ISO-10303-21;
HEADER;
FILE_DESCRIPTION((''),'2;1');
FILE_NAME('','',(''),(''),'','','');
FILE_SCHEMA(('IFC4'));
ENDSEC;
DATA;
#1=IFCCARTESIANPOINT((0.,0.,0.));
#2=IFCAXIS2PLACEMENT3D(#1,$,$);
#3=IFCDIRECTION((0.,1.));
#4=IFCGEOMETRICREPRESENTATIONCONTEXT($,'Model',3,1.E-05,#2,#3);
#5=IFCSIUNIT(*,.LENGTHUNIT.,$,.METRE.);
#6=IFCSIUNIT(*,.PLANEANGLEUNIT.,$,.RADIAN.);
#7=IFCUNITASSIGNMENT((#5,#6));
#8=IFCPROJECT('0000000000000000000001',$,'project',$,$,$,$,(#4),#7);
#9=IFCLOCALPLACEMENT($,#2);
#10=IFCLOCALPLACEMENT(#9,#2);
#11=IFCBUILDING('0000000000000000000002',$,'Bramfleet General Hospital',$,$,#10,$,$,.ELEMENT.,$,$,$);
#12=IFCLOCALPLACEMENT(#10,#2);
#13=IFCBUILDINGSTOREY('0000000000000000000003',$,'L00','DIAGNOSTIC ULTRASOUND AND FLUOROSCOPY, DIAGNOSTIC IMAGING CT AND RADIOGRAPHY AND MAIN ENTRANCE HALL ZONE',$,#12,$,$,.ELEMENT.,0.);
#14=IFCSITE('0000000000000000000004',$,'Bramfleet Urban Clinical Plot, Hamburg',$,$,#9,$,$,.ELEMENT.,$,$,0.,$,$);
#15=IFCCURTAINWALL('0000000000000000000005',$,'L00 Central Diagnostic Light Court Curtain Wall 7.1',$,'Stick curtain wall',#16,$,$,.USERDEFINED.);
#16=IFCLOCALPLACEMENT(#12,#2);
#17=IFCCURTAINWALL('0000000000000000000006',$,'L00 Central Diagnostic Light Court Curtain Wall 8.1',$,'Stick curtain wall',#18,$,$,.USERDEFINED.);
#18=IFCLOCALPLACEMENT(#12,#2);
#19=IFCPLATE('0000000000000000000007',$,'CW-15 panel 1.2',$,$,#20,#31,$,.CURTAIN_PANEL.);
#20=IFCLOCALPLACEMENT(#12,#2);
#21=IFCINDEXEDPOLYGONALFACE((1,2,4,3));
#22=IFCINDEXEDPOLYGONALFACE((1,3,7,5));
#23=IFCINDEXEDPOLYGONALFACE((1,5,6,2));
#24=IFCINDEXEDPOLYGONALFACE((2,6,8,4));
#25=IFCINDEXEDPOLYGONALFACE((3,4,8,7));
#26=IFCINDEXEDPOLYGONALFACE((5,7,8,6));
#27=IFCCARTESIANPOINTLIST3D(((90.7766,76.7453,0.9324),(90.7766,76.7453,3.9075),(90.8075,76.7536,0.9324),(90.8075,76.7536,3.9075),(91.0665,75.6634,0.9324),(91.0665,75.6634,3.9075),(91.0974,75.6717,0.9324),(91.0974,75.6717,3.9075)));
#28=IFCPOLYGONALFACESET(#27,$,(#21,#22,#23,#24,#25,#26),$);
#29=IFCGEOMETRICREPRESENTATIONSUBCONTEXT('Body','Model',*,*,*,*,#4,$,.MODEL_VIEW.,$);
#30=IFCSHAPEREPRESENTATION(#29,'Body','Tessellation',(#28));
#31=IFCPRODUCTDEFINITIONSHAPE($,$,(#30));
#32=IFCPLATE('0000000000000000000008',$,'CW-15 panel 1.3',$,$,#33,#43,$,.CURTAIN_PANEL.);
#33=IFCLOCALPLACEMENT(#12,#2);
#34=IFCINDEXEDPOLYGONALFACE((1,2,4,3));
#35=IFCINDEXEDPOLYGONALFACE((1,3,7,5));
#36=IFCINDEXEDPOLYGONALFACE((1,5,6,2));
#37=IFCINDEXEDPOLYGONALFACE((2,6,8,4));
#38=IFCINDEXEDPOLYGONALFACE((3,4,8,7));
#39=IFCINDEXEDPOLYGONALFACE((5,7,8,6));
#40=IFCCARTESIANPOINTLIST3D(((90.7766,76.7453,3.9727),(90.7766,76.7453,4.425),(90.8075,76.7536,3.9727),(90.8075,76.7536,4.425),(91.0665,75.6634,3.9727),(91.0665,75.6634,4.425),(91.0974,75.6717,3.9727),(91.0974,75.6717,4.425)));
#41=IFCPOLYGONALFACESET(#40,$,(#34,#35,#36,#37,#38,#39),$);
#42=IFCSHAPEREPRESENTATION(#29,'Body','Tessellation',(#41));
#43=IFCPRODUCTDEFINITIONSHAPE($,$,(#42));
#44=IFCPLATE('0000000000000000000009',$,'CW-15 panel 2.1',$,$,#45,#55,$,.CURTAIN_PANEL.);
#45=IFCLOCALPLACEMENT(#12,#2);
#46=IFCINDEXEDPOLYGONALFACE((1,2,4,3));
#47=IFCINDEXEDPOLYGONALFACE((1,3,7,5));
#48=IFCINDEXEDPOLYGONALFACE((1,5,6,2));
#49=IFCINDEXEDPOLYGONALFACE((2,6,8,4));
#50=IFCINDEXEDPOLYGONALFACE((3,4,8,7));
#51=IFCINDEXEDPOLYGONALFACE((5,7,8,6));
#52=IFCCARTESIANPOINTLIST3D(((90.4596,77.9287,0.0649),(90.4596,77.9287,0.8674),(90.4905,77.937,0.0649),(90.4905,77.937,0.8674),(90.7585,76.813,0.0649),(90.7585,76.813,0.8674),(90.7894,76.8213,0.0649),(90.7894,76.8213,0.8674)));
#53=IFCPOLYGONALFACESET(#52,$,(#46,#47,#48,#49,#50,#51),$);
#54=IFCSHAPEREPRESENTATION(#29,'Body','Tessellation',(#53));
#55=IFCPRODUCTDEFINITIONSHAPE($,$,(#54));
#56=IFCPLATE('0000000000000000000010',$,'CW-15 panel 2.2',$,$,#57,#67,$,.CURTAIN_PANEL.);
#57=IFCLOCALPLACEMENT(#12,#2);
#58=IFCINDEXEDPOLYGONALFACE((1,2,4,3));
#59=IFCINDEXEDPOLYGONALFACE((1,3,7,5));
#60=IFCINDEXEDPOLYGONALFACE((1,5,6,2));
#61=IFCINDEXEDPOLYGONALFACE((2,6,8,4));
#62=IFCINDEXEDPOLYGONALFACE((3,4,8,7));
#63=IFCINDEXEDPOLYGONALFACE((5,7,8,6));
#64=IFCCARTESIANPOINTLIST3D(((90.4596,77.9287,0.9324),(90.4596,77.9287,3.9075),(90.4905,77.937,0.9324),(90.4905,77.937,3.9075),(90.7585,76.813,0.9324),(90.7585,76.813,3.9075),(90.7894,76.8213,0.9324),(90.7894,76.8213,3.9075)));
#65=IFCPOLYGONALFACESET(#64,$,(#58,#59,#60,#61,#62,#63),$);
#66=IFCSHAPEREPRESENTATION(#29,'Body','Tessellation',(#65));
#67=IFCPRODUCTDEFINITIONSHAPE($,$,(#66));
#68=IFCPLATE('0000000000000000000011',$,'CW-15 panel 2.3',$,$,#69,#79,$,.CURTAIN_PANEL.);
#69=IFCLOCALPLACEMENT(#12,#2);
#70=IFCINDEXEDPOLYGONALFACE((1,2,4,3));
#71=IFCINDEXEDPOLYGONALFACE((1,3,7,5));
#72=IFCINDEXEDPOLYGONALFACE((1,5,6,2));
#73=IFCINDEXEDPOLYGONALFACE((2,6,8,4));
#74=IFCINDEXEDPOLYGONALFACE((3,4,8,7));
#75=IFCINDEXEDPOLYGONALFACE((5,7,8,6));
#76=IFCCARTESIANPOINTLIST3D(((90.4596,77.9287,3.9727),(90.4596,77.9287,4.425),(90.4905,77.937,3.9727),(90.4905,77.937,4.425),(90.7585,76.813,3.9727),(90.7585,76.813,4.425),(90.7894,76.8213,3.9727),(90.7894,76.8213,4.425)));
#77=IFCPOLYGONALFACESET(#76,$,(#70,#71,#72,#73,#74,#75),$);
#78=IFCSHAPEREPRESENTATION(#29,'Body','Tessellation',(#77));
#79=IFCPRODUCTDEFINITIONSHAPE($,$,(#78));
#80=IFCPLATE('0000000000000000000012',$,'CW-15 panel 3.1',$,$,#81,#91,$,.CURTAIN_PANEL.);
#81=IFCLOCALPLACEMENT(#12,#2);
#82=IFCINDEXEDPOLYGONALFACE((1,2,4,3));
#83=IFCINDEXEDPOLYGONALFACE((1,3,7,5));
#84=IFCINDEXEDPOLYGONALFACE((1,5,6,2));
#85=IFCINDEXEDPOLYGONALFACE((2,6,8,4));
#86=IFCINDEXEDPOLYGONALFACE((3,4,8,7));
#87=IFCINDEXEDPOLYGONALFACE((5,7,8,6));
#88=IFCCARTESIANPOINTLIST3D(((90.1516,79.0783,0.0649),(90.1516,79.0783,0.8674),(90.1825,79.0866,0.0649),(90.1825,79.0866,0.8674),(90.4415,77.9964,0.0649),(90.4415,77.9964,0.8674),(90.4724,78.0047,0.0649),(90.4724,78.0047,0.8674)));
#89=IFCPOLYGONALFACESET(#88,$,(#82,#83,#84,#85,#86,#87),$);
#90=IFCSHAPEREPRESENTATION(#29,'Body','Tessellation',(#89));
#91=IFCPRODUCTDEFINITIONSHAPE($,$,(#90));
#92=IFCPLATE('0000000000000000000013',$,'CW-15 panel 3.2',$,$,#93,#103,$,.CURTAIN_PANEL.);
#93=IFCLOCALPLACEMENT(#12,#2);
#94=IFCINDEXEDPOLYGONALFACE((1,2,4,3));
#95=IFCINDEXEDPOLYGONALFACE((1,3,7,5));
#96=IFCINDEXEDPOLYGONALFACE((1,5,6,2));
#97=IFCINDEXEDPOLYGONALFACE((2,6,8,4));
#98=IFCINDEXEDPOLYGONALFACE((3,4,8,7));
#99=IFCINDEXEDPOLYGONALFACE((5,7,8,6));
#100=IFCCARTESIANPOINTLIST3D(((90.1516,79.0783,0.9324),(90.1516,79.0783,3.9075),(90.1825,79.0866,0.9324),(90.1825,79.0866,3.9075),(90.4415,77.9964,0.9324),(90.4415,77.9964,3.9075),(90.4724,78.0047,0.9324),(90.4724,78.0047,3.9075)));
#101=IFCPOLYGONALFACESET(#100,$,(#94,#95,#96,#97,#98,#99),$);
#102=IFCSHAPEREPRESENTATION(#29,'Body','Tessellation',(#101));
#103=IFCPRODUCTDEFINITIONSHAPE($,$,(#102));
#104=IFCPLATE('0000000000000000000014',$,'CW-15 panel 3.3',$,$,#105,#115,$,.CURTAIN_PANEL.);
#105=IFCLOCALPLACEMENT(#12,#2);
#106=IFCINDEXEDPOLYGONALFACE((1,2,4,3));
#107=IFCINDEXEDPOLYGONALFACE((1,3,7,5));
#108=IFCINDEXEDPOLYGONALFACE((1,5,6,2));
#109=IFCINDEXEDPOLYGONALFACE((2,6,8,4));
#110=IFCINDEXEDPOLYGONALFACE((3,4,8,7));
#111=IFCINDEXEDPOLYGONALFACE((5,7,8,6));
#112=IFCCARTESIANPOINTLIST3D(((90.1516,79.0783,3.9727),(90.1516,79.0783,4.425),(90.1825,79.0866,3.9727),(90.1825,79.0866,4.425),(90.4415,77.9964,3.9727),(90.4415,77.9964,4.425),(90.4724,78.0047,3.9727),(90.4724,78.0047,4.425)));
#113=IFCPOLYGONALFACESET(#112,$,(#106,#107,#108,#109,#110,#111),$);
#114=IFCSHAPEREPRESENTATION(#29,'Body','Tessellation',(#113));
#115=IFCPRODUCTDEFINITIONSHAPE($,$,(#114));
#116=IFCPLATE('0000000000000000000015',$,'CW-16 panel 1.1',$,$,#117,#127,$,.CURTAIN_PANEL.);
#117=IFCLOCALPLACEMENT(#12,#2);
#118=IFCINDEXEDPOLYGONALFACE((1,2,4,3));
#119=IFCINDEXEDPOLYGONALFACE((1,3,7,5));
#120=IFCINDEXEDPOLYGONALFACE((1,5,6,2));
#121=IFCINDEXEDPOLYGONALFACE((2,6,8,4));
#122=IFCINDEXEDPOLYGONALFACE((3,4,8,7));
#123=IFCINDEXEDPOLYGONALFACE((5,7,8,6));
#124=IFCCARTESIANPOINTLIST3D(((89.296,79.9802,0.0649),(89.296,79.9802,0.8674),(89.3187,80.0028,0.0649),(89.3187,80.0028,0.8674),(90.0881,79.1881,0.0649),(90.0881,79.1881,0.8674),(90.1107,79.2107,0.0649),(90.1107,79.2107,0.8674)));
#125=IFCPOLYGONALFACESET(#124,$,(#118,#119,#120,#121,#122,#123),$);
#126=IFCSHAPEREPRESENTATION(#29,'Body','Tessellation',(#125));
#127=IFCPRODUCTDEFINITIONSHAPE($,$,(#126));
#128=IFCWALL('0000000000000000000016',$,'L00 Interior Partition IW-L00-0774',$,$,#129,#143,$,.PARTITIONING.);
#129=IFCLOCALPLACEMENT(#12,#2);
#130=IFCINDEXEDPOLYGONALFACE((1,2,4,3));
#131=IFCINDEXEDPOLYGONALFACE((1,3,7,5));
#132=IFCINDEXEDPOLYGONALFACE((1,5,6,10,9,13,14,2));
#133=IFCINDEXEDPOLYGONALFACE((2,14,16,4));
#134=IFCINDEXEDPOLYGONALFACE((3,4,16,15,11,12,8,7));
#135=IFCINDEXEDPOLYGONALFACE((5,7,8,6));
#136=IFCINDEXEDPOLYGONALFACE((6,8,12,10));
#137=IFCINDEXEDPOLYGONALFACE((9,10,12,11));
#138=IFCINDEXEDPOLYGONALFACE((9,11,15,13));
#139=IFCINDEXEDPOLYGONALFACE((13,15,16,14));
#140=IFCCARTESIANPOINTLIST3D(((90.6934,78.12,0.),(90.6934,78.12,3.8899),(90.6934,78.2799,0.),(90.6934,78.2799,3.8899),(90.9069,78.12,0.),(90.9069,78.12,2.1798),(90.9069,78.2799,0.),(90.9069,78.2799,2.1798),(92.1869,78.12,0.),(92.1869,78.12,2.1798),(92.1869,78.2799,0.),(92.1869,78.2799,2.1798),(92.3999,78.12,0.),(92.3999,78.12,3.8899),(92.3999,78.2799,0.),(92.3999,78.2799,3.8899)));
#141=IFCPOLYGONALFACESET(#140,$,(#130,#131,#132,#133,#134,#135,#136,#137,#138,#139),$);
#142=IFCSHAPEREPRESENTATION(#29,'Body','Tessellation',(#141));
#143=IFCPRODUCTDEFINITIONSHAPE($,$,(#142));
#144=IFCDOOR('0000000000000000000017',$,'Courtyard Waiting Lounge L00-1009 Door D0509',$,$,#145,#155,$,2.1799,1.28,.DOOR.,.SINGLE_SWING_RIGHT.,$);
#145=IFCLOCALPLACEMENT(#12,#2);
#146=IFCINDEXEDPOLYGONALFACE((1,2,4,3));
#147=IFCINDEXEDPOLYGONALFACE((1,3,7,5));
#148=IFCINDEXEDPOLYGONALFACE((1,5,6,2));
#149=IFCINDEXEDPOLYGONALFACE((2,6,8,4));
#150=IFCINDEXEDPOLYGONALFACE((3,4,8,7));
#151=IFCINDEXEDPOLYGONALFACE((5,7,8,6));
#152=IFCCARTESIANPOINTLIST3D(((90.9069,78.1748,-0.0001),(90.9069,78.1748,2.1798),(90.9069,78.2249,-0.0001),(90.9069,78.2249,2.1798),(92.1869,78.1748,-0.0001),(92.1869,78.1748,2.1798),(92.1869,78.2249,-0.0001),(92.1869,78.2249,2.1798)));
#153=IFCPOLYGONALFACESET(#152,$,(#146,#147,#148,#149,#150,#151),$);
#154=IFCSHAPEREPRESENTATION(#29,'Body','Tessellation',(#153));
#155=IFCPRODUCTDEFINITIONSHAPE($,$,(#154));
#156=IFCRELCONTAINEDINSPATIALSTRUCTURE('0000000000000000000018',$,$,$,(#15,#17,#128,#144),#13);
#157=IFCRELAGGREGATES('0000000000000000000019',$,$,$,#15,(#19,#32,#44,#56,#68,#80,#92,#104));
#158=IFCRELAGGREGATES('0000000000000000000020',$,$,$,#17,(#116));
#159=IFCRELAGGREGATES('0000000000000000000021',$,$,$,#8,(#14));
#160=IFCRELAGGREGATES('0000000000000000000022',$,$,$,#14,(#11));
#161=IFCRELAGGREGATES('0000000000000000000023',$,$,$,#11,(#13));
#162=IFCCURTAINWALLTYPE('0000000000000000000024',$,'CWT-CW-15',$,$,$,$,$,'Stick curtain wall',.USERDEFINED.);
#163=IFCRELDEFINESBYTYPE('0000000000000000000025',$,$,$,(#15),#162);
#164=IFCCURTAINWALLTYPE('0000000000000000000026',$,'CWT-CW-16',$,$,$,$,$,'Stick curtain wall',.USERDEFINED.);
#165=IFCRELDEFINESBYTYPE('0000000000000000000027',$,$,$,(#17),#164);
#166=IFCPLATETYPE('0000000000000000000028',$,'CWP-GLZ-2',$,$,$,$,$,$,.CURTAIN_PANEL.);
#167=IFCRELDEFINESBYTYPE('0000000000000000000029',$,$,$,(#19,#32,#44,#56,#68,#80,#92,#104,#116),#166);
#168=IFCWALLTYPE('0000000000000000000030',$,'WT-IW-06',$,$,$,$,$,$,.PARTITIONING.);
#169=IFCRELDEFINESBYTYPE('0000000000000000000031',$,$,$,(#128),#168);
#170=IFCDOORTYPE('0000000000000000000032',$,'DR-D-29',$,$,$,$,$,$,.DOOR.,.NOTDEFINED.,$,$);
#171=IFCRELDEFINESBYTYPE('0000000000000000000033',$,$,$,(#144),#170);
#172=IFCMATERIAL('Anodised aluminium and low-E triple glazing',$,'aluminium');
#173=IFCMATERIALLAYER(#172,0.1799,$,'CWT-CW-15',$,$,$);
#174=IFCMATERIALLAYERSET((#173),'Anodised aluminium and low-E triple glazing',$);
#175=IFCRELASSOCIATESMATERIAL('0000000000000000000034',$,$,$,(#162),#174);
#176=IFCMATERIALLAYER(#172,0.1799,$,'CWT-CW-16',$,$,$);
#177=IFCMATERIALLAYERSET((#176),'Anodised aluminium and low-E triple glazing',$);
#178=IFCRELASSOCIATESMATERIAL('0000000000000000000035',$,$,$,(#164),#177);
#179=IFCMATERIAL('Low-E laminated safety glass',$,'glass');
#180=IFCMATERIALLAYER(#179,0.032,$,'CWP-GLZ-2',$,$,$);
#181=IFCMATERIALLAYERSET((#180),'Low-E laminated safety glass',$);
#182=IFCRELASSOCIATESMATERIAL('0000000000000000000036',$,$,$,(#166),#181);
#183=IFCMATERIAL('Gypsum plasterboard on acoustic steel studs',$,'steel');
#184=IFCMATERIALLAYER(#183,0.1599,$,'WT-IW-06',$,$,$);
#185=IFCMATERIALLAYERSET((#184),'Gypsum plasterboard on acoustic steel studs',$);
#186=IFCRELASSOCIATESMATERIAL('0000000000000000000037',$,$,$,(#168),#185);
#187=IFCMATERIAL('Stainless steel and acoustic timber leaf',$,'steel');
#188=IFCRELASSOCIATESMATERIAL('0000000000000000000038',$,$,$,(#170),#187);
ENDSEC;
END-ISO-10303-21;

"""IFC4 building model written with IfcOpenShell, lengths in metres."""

from ifc_helpers import new_model, si_unit, direction, frame, frame_2d, origin, origin_2d, place, context, subcontext, project, spatial, rectangle, extrude, material, layer, layer_set, type_object, element, fill, aggregate, save


model = new_model("IFC4")

# Units and contexts
model_context = context("Model", 3, precision=1e-05, world=origin(), true_north=direction((0.0, 1.0)))
body_context = subcontext(model_context, "Body", "Model", "MODEL_VIEW")
ifc_project = project(units=[si_unit("LENGTHUNIT", "METRE"), si_unit("PLANEANGLEUNIT", "RADIAN")], contexts=[model_context])

# Site, building, storey
site_placement = place(None, origin())
site = spatial("IfcSite", under=ifc_project, at=site_placement, Name="Bramfleet Urban Clinical Plot, Hamburg", CompositionType="ELEMENT", RefElevation=0.0)
building_placement = place(site_placement, origin())
building = spatial("IfcBuilding", under=site, at=building_placement, Name="Bramfleet General Hospital", CompositionType="ELEMENT")
storey_placement = place(building_placement, origin())
storey = spatial("IfcBuildingStorey", under=building, at=storey_placement, Name="L00", Description="DIAGNOSTIC ULTRASOUND AND FLUOROSCOPY, DIAGNOSTIC IMAGING CT AND RADIOGRAPHY AND MAIN ENTRANCE HALL ZONE", CompositionType="ELEMENT", Elevation=0.0)

# Curtain wall
ifc_material_1 = material(Name="Anodised aluminium and low-E triple glazing", Category="aluminium")
ifc_layer_1 = layer(ifc_material_1, 0.1799, Name="CWT-CW-15")
ifc_layer_set_1 = layer_set([ifc_layer_1], Name="Anodised aluminium and low-E triple glazing")
curtain_wall_type_1 = type_object("IfcCurtainWallType", Name="CWT-CW-15", ElementType="Stick curtain wall", PredefinedType="USERDEFINED", material=ifc_layer_set_1)
curtain_wall_1_placement = place(storey_placement, origin())
curtain_wall_1 = element("IfcCurtainWall", 1, at=curtain_wall_1_placement, inside=storey, type_object=curtain_wall_type_1, Name="L00 Central Diagnostic Light Court Curtain Wall 7.1", ObjectType="Stick curtain wall", PredefinedType="USERDEFINED")

# Curtain wall
ifc_layer_2 = layer(ifc_material_1, 0.1799, Name="CWT-CW-16")
ifc_layer_set_2 = layer_set([ifc_layer_2], Name="Anodised aluminium and low-E triple glazing")
curtain_wall_type_2 = type_object("IfcCurtainWallType", Name="CWT-CW-16", ElementType="Stick curtain wall", PredefinedType="USERDEFINED", material=ifc_layer_set_2)
curtain_wall_2_placement = place(storey_placement, origin())
curtain_wall_2 = element("IfcCurtainWall", 2, at=curtain_wall_2_placement, inside=storey, type_object=curtain_wall_type_2, Name="L00 Central Diagnostic Light Court Curtain Wall 8.1", ObjectType="Stick curtain wall", PredefinedType="USERDEFINED")

# Plates
ifc_material_2 = material(Name="Low-E laminated safety glass", Category="glass")
ifc_layer_3 = layer(ifc_material_2, 0.032, Name="CWP-GLZ-2")
ifc_layer_set_3 = layer_set([ifc_layer_3], Name="Low-E laminated safety glass")
plate_type = type_object("IfcPlateType", Name="CWP-GLZ-2", PredefinedType="CURTAIN_PANEL", material=ifc_layer_set_3)
plate_1_placement = place(storey_placement, frame((90.937, 76.2085, 0.9324), z_axis=(0.0, 0.0, 1.0), x_axis=(-0.258763, 0.965941, 0.0)))
plate_1 = element("IfcPlate", 3, at=plate_1_placement, type_object=plate_type, Name="CW-15 panel 1.2", PredefinedType="CURTAIN_PANEL", context=body_context, shape_type="SweptSolid", body=[
    extrude(rectangle(XDim=1.1201, YDim=0.032, at=origin_2d()), origin(), (0.0, 0.0, 1.0), 2.9751),
])
plate_2_placement = place(storey_placement, frame((90.937, 76.2085, 3.9727), z_axis=(0.0, 0.0, 1.0), x_axis=(-0.258763, 0.965941, 0.0)))
plate_2 = element("IfcPlate", 4, at=plate_2_placement, type_object=plate_type, Name="CW-15 panel 1.3", PredefinedType="CURTAIN_PANEL", context=body_context, shape_type="SweptSolid", body=[
    extrude(rectangle(XDim=1.1201, YDim=0.032, at=origin_2d()), origin(), (0.0, 0.0, 1.0), 0.4524),
])
plate_3_placement = place(storey_placement, frame((90.6245, 77.375, 0.0649), z_axis=(0.0, 0.0, 1.0), x_axis=(-0.258763, 0.965941, 0.0)))
plate_3 = element("IfcPlate", 5, at=plate_3_placement, type_object=plate_type, Name="CW-15 panel 2.1", PredefinedType="CURTAIN_PANEL", context=body_context, shape_type="SweptSolid", body=[
    extrude(rectangle(XDim=1.155, YDim=0.032, at=origin_2d()), origin(), (0.0, 0.0, 1.0), 0.8025),
])
plate_4_placement = place(storey_placement, frame((90.6245, 77.375, 0.9324), z_axis=(0.0, 0.0, 1.0), x_axis=(-0.258763, 0.965941, 0.0)))
plate_4 = element("IfcPlate", 6, at=plate_4_placement, type_object=plate_type, Name="CW-15 panel 2.2", PredefinedType="CURTAIN_PANEL", context=body_context, shape_type="SweptSolid", body=[
    extrude(rectangle(XDim=1.155, YDim=0.032, at=origin_2d()), origin(), (0.0, 0.0, 1.0), 2.9751),
])
plate_5_placement = place(storey_placement, frame((90.6245, 77.375, 3.9727), z_axis=(0.0, 0.0, 1.0), x_axis=(-0.258763, 0.965941, 0.0)))
plate_5 = element("IfcPlate", 7, at=plate_5_placement, type_object=plate_type, Name="CW-15 panel 2.3", PredefinedType="CURTAIN_PANEL", context=body_context, shape_type="SweptSolid", body=[
    extrude(rectangle(XDim=1.155, YDim=0.032, at=origin_2d()), origin(), (0.0, 0.0, 1.0), 0.4524),
])
plate_6_placement = place(storey_placement, frame((90.312, 78.5415, 0.0649), z_axis=(0.0, 0.0, 1.0), x_axis=(-0.258763, 0.965941, 0.0)))
plate_6 = element("IfcPlate", 8, at=plate_6_placement, type_object=plate_type, Name="CW-15 panel 3.1", PredefinedType="CURTAIN_PANEL", context=body_context, shape_type="SweptSolid", body=[
    extrude(rectangle(XDim=1.1201, YDim=0.032, at=origin_2d()), origin(), (0.0, 0.0, 1.0), 0.8025),
])
plate_7_placement = place(storey_placement, frame((90.312, 78.5415, 0.9324), z_axis=(0.0, 0.0, 1.0), x_axis=(-0.258763, 0.965941, 0.0)))
plate_7 = element("IfcPlate", 9, at=plate_7_placement, type_object=plate_type, Name="CW-15 panel 3.2", PredefinedType="CURTAIN_PANEL", context=body_context, shape_type="SweptSolid", body=[
    extrude(rectangle(XDim=1.1201, YDim=0.032, at=origin_2d()), origin(), (0.0, 0.0, 1.0), 2.9751),
])
plate_8_placement = place(storey_placement, frame((90.312, 78.5415, 3.9727), z_axis=(0.0, 0.0, 1.0), x_axis=(-0.258763, 0.965941, 0.0)))
plate_8 = element("IfcPlate", 10, at=plate_8_placement, type_object=plate_type, Name="CW-15 panel 3.3", PredefinedType="CURTAIN_PANEL", context=body_context, shape_type="SweptSolid", body=[
    extrude(rectangle(XDim=1.1201, YDim=0.032, at=origin_2d()), origin(), (0.0, 0.0, 1.0), 0.4524),
])
aggregate(curtain_wall_1, [plate_1, plate_2, plate_3, plate_4, plate_5, plate_6, plate_7, plate_8])
plate_9_placement = place(storey_placement, frame((89.7034, 79.5955, 0.0649), z_axis=(0.0, 0.0, 1.0), x_axis=(-0.707107, 0.707107, 0.0)))
plate_9 = element("IfcPlate", 11, at=plate_9_placement, type_object=plate_type, Name="CW-16 panel 1.1", PredefinedType="CURTAIN_PANEL", context=body_context, shape_type="SweptSolid", body=[
    extrude(rectangle(XDim=1.1201, YDim=0.032, at=origin_2d()), origin(), (0.0, 0.0, 1.0), 0.8025),
])
aggregate(curtain_wall_2, [plate_9])

# Wall, opening, door
ifc_material_3 = material(Name="Gypsum plasterboard on acoustic steel studs", Category="steel")
ifc_layer_4 = layer(ifc_material_3, 0.1599, Name="WT-IW-06")
ifc_layer_set_4 = layer_set([ifc_layer_4], Name="Gypsum plasterboard on acoustic steel studs")
wall_type = type_object("IfcWallType", Name="WT-IW-06", PredefinedType="PARTITIONING", material=ifc_layer_set_4)
wall_placement = place(storey_placement, frame((90.6934, 78.2, 0.0), z_axis=(0.0, 0.0, 1.0), x_axis=(1.0, 0.0, 0.0)))
wall = element("IfcWall", 12, at=wall_placement, inside=storey, type_object=wall_type, Name="L00 Interior Partition IW-L00-0774", PredefinedType="PARTITIONING", context=body_context, shape_type="SweptSolid", body=[
    extrude(rectangle(XDim=1.7065, YDim=0.1599, at=frame_2d((0.8533, 0.0))), origin(), (0.0, 0.0, 1.0), 3.8899),
])
opening_placement = place(wall_placement, frame((0.2134, 0.0, 0.0)))
opening = element("IfcOpeningElement", 13, at=opening_placement, cuts=wall, PredefinedType="OPENING", context=body_context, shape_type="SweptSolid", body=[
    extrude(rectangle(XDim=1.28, YDim=2.1799, at=frame_2d((0.6401, 1.0898))), frame((0.0, 0.0898, 0.0), z_axis=(0.0, -1.0, 0.0), x_axis=(1.0, 0.0, 0.0)), (0.0, 0.0, 1.0), 0.1799),
])
ifc_material_4 = material(Name="Stainless steel and acoustic timber leaf", Category="steel")
door_type = type_object("IfcDoorType", Name="DR-D-29", OperationType="NOTDEFINED", PredefinedType="DOOR", material=ifc_material_4)
door_placement = place(opening_placement, origin())
door = element("IfcDoor", 14, at=door_placement, inside=storey, type_object=door_type, Name="Courtyard Waiting Lounge L00-1009 Door D0509", OperationType="SINGLE_SWING_RIGHT", OverallHeight=2.1799, OverallWidth=1.28, PredefinedType="DOOR", context=body_context, shape_type="SweptSolid", body=[
    extrude(rectangle(XDim=1.28, YDim=2.1799, at=frame_2d((0.6401, 1.0898))), frame((0.0, 0.0249, 0.0), z_axis=(0.0, -1.0, 0.0), x_axis=(1.0, 0.0, 0.0)), (0.0, 0.0, 1.0), 0.05),
])
fill(opening, door)

save(model, "model.ifc")
